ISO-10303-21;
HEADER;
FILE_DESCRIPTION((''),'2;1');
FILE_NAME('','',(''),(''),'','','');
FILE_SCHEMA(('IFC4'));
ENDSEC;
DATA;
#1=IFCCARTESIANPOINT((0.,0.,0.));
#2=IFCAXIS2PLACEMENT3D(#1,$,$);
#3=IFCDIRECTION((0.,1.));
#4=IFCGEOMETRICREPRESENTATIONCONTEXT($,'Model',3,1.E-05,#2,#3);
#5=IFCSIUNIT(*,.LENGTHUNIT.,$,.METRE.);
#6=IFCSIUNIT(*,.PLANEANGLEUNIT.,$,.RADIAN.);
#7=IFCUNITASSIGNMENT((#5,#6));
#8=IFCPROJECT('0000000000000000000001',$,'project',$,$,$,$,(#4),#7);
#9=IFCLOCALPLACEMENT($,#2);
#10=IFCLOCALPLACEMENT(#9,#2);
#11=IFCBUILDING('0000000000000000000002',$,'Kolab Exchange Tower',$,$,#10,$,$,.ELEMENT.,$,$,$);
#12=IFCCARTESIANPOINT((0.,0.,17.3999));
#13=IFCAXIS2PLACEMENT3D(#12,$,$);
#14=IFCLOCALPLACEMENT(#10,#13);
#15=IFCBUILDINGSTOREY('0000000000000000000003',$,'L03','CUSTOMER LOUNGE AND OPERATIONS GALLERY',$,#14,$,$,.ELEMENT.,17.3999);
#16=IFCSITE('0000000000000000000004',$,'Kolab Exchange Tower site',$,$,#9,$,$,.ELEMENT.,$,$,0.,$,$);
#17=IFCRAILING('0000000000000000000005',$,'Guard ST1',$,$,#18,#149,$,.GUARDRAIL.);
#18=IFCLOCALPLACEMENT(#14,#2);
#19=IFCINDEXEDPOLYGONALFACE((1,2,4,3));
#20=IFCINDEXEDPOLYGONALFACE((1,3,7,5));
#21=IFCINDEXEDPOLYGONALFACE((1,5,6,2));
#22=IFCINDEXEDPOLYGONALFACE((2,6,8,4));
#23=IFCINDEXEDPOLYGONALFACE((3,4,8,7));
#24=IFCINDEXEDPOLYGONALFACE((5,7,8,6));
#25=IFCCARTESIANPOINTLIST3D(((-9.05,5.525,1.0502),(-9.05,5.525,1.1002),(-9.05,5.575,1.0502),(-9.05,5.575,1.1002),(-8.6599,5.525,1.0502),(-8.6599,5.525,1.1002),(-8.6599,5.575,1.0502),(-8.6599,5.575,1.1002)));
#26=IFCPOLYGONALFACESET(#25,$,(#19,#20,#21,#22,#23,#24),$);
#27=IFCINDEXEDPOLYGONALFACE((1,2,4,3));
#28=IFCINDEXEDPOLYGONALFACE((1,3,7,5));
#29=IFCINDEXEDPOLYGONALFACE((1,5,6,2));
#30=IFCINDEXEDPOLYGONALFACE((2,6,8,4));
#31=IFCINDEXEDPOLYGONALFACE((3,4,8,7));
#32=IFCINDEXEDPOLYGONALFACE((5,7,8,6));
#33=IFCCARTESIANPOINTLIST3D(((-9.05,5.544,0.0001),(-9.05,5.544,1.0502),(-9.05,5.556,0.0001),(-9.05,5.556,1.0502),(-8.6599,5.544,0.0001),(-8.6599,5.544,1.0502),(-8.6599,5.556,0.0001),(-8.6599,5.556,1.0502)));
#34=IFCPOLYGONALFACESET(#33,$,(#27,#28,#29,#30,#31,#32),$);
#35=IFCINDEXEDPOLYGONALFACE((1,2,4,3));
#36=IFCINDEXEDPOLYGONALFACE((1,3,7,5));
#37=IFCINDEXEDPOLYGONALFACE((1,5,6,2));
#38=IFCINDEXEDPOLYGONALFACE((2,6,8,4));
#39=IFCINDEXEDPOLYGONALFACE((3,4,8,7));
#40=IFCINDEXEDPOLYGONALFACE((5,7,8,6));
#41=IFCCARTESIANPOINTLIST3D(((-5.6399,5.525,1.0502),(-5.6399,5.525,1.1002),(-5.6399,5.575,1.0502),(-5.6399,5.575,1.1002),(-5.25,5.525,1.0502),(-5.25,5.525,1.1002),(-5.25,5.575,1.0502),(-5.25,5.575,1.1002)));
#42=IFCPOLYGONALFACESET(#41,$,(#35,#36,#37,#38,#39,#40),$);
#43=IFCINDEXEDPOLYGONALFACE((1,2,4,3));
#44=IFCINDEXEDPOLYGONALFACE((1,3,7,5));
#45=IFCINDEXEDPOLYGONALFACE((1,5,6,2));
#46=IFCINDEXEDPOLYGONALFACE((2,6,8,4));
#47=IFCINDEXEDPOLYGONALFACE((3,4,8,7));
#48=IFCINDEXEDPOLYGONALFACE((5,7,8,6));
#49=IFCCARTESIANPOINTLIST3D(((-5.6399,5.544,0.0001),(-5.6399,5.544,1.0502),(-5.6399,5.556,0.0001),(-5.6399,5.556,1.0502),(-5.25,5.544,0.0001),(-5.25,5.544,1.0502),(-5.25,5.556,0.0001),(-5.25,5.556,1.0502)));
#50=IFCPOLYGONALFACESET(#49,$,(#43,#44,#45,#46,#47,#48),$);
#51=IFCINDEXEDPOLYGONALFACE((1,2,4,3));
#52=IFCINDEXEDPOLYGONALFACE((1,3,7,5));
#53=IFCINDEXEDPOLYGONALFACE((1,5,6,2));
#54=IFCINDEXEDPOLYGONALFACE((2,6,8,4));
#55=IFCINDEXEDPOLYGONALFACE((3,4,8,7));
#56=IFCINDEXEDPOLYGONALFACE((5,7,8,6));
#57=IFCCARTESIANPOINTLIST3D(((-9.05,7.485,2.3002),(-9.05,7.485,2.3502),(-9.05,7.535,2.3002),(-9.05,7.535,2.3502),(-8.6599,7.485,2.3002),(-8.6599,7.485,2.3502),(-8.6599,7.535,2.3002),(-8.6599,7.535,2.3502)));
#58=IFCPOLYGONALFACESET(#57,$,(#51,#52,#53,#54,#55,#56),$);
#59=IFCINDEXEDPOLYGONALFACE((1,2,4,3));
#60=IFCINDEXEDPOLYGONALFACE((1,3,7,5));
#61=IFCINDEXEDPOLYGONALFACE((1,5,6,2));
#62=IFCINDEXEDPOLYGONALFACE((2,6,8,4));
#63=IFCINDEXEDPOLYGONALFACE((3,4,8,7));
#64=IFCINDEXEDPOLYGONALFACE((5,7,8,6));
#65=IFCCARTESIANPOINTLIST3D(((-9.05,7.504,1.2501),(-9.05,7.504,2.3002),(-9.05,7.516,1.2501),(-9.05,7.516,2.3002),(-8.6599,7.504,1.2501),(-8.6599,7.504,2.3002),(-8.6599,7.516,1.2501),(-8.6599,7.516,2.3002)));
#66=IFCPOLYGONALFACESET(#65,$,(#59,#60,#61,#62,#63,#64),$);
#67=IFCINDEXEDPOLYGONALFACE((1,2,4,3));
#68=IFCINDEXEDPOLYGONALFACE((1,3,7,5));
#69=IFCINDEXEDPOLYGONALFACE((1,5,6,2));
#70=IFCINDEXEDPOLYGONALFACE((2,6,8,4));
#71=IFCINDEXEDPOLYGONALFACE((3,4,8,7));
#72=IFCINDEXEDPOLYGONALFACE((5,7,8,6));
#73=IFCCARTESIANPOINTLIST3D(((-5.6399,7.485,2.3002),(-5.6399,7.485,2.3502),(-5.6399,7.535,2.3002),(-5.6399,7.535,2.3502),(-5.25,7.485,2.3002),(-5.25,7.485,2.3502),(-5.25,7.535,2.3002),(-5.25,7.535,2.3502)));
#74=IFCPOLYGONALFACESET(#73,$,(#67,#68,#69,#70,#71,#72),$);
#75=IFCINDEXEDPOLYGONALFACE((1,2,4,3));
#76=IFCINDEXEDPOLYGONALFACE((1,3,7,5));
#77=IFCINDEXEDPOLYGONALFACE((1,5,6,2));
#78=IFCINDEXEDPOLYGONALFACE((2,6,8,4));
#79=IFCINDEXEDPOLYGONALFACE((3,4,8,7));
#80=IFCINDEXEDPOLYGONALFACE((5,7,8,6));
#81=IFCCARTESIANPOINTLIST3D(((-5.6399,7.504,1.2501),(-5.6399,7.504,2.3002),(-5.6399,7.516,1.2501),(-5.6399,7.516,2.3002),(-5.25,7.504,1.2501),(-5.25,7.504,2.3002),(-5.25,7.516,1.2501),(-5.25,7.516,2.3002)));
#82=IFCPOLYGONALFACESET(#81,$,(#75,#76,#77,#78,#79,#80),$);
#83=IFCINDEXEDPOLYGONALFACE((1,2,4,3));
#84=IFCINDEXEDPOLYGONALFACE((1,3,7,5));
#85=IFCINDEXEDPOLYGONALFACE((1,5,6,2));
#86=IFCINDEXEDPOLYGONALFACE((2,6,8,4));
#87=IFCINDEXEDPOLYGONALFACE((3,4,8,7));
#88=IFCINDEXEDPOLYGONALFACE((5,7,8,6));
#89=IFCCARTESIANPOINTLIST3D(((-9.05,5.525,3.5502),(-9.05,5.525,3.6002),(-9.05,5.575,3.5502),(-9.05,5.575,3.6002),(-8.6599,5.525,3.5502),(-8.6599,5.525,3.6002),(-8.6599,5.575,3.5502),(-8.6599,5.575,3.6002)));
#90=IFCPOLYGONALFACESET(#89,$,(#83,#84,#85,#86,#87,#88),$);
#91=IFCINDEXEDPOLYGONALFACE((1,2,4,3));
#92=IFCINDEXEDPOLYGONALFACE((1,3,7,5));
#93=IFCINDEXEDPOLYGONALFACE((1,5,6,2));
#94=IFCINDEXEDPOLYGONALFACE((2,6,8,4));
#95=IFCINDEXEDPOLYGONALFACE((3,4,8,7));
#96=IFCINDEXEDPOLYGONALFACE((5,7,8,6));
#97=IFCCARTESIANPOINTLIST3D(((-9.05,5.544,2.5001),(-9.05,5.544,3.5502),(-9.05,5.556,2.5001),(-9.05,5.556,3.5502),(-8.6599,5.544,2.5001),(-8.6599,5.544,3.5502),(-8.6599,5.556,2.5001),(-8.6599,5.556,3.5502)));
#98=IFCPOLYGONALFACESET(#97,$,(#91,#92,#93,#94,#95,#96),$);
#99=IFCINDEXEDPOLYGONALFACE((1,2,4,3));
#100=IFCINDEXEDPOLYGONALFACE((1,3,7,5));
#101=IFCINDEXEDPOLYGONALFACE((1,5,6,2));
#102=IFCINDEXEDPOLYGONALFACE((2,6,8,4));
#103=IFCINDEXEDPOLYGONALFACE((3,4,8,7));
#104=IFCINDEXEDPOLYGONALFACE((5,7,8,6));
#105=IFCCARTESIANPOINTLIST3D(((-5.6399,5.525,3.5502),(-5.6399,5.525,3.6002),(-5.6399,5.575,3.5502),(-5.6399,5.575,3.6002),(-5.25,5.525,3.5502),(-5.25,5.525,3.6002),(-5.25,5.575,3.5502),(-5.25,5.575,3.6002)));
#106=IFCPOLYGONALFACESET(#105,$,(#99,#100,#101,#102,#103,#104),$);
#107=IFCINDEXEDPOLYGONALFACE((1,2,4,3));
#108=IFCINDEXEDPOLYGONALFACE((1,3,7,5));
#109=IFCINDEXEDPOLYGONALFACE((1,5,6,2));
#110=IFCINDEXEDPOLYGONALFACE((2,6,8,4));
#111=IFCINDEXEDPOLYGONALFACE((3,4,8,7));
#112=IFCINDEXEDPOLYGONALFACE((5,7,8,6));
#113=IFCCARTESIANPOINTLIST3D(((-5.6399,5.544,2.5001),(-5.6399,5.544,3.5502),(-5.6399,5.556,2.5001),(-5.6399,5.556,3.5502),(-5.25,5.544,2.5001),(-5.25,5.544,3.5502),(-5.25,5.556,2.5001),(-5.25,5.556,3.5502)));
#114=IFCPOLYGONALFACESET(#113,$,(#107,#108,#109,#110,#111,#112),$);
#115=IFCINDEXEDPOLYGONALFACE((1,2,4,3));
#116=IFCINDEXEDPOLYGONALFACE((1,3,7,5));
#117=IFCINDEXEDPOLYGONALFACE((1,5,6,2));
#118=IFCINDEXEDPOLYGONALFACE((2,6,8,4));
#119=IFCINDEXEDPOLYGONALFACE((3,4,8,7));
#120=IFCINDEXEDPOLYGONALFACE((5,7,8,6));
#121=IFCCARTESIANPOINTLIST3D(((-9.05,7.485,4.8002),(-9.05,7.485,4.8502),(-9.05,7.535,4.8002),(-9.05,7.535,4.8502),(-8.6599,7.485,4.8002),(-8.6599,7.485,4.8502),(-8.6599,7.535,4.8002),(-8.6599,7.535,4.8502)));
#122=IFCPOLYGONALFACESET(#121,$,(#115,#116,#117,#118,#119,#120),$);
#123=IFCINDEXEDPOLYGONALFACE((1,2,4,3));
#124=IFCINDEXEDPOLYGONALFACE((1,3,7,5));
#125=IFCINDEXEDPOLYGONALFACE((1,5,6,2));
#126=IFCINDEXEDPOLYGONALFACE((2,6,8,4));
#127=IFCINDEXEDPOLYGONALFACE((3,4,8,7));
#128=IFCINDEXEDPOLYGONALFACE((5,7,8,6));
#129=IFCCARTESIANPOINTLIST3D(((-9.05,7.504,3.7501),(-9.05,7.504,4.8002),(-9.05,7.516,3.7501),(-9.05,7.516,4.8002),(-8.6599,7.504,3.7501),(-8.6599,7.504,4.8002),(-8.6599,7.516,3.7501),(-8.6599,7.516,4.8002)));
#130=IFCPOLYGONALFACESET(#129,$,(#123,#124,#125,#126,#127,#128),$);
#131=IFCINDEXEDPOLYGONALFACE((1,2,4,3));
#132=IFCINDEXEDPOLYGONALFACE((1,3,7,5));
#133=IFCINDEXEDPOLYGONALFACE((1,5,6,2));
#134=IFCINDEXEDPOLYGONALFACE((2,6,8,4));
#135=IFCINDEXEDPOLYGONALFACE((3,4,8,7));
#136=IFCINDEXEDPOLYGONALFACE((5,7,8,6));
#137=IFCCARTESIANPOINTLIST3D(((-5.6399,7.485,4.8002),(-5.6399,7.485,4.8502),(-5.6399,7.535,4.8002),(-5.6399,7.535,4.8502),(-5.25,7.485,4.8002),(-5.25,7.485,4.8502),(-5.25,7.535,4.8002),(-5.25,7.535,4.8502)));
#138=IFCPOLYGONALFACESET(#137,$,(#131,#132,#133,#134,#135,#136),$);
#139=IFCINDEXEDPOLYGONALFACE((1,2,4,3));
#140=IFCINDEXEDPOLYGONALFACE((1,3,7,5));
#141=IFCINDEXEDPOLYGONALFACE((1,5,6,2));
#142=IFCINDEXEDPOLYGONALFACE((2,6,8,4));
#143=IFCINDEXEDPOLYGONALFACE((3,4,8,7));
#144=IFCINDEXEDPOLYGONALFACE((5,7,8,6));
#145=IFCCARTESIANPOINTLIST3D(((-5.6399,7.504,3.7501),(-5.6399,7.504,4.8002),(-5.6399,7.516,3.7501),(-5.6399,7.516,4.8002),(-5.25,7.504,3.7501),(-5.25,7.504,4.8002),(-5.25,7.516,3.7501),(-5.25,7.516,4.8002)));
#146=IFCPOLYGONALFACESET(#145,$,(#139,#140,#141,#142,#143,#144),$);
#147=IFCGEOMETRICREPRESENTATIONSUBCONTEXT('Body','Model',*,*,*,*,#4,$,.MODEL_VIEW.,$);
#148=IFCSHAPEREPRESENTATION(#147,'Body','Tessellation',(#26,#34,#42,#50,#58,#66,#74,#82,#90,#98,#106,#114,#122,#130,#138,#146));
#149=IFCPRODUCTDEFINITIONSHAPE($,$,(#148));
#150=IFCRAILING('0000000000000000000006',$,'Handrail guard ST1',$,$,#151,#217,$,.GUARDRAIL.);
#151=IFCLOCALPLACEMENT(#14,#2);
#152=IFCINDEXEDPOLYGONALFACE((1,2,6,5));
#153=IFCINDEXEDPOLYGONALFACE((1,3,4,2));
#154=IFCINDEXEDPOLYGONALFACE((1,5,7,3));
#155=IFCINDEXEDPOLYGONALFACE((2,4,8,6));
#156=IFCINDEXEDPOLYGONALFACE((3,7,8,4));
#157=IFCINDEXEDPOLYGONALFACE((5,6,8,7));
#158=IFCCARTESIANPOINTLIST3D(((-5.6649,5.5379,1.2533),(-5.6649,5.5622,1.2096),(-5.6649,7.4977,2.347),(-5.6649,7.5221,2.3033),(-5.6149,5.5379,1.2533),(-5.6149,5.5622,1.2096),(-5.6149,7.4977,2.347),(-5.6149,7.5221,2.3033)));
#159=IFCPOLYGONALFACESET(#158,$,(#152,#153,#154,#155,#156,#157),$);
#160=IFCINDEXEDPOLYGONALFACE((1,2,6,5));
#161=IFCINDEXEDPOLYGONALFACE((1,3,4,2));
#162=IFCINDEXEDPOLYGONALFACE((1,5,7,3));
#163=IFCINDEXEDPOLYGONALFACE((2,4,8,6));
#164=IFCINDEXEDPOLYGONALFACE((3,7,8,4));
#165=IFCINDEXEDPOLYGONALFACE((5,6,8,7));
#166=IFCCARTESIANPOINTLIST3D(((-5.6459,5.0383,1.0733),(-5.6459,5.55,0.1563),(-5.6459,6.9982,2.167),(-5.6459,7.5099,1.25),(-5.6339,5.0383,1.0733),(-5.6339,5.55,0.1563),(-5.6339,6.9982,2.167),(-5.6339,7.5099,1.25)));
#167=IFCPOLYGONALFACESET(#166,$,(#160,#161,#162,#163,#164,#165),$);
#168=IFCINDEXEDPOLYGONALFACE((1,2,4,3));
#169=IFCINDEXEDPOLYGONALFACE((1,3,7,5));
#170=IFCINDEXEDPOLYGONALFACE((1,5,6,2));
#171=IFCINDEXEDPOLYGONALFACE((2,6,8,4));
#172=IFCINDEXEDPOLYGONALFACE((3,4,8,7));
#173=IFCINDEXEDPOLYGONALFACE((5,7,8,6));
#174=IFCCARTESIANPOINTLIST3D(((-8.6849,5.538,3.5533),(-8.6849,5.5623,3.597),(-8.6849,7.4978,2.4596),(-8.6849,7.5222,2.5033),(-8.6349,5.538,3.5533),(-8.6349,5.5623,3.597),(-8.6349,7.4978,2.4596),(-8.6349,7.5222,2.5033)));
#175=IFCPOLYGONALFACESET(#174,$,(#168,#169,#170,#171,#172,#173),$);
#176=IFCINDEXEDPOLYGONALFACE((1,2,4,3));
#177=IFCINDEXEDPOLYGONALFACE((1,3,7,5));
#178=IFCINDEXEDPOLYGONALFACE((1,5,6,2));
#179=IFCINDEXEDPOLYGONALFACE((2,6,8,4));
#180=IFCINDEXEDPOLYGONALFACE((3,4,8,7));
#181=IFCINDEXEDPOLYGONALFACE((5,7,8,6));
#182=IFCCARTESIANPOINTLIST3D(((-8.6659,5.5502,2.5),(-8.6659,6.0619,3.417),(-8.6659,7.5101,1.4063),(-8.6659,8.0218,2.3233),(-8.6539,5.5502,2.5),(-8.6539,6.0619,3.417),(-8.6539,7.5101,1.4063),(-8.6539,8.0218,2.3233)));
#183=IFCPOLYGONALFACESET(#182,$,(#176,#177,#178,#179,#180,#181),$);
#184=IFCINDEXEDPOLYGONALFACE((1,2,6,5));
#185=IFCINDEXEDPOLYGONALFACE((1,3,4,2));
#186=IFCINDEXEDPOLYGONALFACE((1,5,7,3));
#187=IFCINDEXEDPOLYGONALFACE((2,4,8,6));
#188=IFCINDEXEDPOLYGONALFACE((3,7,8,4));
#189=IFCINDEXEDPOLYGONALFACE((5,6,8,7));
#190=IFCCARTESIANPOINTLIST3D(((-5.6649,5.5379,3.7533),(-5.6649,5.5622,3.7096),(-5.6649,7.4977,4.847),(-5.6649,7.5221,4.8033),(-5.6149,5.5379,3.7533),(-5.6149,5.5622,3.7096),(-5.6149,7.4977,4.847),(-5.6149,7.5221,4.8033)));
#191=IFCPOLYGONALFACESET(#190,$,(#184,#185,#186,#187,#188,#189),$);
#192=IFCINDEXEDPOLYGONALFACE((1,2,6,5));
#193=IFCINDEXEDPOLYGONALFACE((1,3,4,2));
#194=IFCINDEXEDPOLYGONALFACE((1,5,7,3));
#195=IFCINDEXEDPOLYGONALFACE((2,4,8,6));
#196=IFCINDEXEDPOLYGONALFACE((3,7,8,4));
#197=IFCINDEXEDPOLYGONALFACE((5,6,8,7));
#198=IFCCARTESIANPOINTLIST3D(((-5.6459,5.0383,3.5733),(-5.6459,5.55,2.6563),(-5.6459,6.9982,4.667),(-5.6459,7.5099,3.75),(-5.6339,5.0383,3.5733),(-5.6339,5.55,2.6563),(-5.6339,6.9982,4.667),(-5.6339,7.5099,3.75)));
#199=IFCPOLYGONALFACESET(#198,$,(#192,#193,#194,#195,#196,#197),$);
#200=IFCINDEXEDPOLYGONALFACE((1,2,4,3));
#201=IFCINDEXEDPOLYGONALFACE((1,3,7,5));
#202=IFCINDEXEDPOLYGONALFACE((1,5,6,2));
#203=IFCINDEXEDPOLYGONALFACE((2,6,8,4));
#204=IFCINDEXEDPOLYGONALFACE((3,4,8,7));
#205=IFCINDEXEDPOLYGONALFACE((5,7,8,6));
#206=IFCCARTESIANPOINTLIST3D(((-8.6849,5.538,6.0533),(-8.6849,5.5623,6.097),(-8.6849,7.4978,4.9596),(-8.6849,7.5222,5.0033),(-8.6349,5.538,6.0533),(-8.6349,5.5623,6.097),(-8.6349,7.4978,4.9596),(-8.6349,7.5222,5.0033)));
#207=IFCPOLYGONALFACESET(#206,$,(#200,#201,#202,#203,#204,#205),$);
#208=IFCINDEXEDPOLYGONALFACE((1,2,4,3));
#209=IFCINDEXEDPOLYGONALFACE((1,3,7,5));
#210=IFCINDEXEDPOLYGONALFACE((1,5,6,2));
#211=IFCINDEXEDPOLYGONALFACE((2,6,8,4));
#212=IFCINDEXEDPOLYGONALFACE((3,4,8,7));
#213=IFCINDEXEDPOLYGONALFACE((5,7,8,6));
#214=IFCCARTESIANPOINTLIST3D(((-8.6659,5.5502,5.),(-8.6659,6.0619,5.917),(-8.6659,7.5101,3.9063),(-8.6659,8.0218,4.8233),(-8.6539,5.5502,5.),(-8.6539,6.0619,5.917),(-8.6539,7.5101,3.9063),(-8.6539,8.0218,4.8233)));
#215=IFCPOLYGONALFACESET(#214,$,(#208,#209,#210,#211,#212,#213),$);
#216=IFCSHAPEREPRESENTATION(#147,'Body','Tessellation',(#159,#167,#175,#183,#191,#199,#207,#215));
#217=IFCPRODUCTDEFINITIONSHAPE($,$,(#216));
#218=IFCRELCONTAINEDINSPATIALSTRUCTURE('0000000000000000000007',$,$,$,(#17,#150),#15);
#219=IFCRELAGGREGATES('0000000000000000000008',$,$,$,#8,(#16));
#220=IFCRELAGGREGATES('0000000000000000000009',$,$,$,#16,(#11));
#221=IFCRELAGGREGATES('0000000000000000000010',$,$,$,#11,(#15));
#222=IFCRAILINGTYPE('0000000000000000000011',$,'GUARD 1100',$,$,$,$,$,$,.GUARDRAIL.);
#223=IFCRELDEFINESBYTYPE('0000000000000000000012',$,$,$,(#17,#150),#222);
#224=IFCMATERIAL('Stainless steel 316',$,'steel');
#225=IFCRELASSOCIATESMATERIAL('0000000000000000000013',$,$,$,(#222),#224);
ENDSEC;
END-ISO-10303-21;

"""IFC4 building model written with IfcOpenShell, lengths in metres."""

from ifc_helpers import new_model, si_unit, direction, frame, frame_2d, origin, origin_2d, place, context, subcontext, project, spatial, rectangle, extrude, material, type_object, element, save


model = new_model("IFC4")

# Units and contexts
model_context = context("Model", 3, precision=1e-05, world=origin(), true_north=direction((0.0, 1.0)))
body_context = subcontext(model_context, "Body", "Model", "MODEL_VIEW")
ifc_project = project(units=[si_unit("LENGTHUNIT", "METRE"), si_unit("PLANEANGLEUNIT", "RADIAN")], contexts=[model_context])

# Site, building, storey
site_placement = place(None, origin())
site = spatial("IfcSite", under=ifc_project, at=site_placement, Name="Kolab Exchange Tower site", CompositionType="ELEMENT", RefElevation=0.0)
building_placement = place(site_placement, origin())
building = spatial("IfcBuilding", under=site, at=building_placement, Name="Kolab Exchange Tower", CompositionType="ELEMENT")
storey_placement = place(building_placement, frame((0.0, 0.0, 17.3999)))
storey = spatial("IfcBuildingStorey", under=building, at=storey_placement, Name="L03", Description="CUSTOMER LOUNGE AND OPERATIONS GALLERY", CompositionType="ELEMENT", Elevation=17.3999)

# Railings
ifc_material_1 = material(Name="Stainless steel 316", Category="steel")
railing_type = type_object("IfcRailingType", Name="GUARD 1100", PredefinedType="GUARDRAIL", material=ifc_material_1)
railing_1_placement = place(storey_placement, frame((-9.05, 5.55, 0.0)))
element("IfcRailing", 1, at=railing_1_placement, inside=storey, type_object=railing_type, Name="Guard ST1", PredefinedType="GUARDRAIL", context=body_context, shape_type="SweptSolid", body=[
    extrude(rectangle(XDim=0.05, YDim=0.05, at=origin_2d()), frame((0.0, 0.0, 1.0752), z_axis=(1.0, 0.0, 0.0), x_axis=(0.0, 1.0, 0.0)), (0.0, 0.0, 1.0), 0.3901),
    extrude(rectangle(XDim=0.012, YDim=1.0501, at=frame_2d((0.0, 0.5251))), frame((0.0, 0.0, 0.0), z_axis=(1.0, 0.0, 0.0), x_axis=(0.0, 1.0, 0.0)), (0.0, 0.0, 1.0), 0.3901),
    extrude(rectangle(XDim=0.05, YDim=0.05, at=origin_2d()), frame((3.4102, 0.0, 1.0752), z_axis=(1.0, 0.0, 0.0), x_axis=(0.0, 1.0, 0.0)), (0.0, 0.0, 1.0), 0.3899),
    extrude(rectangle(XDim=0.012, YDim=1.0501, at=frame_2d((0.0, 0.5251))), frame((3.4102, 0.0, 0.0), z_axis=(1.0, 0.0, 0.0), x_axis=(0.0, 1.0, 0.0)), (0.0, 0.0, 1.0), 0.3899),
    extrude(rectangle(XDim=0.05, YDim=0.05, at=origin_2d()), frame((0.0, 1.96, 2.3252), z_axis=(1.0, 0.0, 0.0), x_axis=(0.0, 1.0, 0.0)), (0.0, 0.0, 1.0), 0.3901),
    extrude(rectangle(XDim=0.012, YDim=1.0501, at=frame_2d((0.0, 0.5251))), frame((0.0, 1.96, 1.25), z_axis=(1.0, 0.0, 0.0), x_axis=(0.0, 1.0, 0.0)), (0.0, 0.0, 1.0), 0.3901),
    extrude(rectangle(XDim=0.05, YDim=0.05, at=origin_2d()), frame((3.4102, 1.96, 2.3252), z_axis=(1.0, 0.0, 0.0), x_axis=(0.0, 1.0, 0.0)), (0.0, 0.0, 1.0), 0.3899),
    extrude(rectangle(XDim=0.012, YDim=1.0501, at=frame_2d((0.0, 0.5251))), frame((3.4102, 1.96, 1.25), z_axis=(1.0, 0.0, 0.0), x_axis=(0.0, 1.0, 0.0)), (0.0, 0.0, 1.0), 0.3899),
    extrude(rectangle(XDim=0.05, YDim=0.05, at=origin_2d()), frame((0.0, 0.0, 3.5752), z_axis=(1.0, 0.0, 0.0), x_axis=(0.0, 1.0, 0.0)), (0.0, 0.0, 1.0), 0.3901),
    extrude(rectangle(XDim=0.012, YDim=1.0501, at=frame_2d((0.0, 0.5251))), frame((0.0, 0.0, 2.5), z_axis=(1.0, 0.0, 0.0), x_axis=(0.0, 1.0, 0.0)), (0.0, 0.0, 1.0), 0.3901),
    extrude(rectangle(XDim=0.05, YDim=0.05, at=origin_2d()), frame((3.4102, 0.0, 3.5752), z_axis=(1.0, 0.0, 0.0), x_axis=(0.0, 1.0, 0.0)), (0.0, 0.0, 1.0), 0.3899),
    extrude(rectangle(XDim=0.012, YDim=1.0501, at=frame_2d((0.0, 0.5251))), frame((3.4102, 0.0, 2.5), z_axis=(1.0, 0.0, 0.0), x_axis=(0.0, 1.0, 0.0)), (0.0, 0.0, 1.0), 0.3899),
    extrude(rectangle(XDim=0.05, YDim=0.05, at=origin_2d()), frame((0.0, 1.96, 4.8252), z_axis=(1.0, 0.0, 0.0), x_axis=(0.0, 1.0, 0.0)), (0.0, 0.0, 1.0), 0.3901),
    extrude(rectangle(XDim=0.012, YDim=1.0501, at=frame_2d((0.0, 0.5251))), frame((0.0, 1.96, 3.75), z_axis=(1.0, 0.0, 0.0), x_axis=(0.0, 1.0, 0.0)), (0.0, 0.0, 1.0), 0.3901),
    extrude(rectangle(XDim=0.05, YDim=0.05, at=origin_2d()), frame((3.4102, 1.96, 4.8252), z_axis=(1.0, 0.0, 0.0), x_axis=(0.0, 1.0, 0.0)), (0.0, 0.0, 1.0), 0.3899),
    extrude(rectangle(XDim=0.012, YDim=1.0501, at=frame_2d((0.0, 0.5251))), frame((3.4102, 1.96, 3.75), z_axis=(1.0, 0.0, 0.0), x_axis=(0.0, 1.0, 0.0)), (0.0, 0.0, 1.0), 0.3899),
])
railing_2_placement = place(storey_placement, frame((-5.6399, 5.55, 0.1562)))
element("IfcRailing", 2, at=railing_2_placement, inside=storey, type_object=railing_type, Name="Handrail guard ST1", PredefinedType="GUARDRAIL", context=body_context, shape_type="SweptSolid", body=[
    extrude(rectangle(XDim=0.05, YDim=0.05, at=origin_2d()), frame((0.0, 0.0, 1.0752), z_axis=(0.0, 0.873232, 0.487304), x_axis=(-1.0, 0.0, 0.0)), (0.0, 0.0, 1.0), 2.2444),
    extrude(rectangle(XDim=0.012, YDim=1.0501, at=frame_2d((0.0, 0.5251))), frame((0.0, 0.0, 0.0), z_axis=(0.0, 0.873232, 0.487304), x_axis=(-1.0, 0.0, 0.0)), (0.0, 0.0, 1.0), 2.2444),
    extrude(rectangle(XDim=0.05, YDim=0.05, at=origin_2d()), frame((-3.02, 1.96, 2.3252), z_axis=(0.0, -0.873232, 0.487304), x_axis=(1.0, 0.0, 0.0)), (0.0, 0.0, 1.0), 2.2444),
    extrude(rectangle(XDim=0.012, YDim=1.0501, at=frame_2d((0.0, 0.5251))), frame((-3.02, 1.96, 1.25), z_axis=(0.0, -0.873232, 0.487304), x_axis=(1.0, 0.0, 0.0)), (0.0, 0.0, 1.0), 2.2444),
    extrude(rectangle(XDim=0.05, YDim=0.05, at=origin_2d()), frame((0.0, 0.0, 3.5752), z_axis=(0.0, 0.873232, 0.487304), x_axis=(-1.0, 0.0, 0.0)), (0.0, 0.0, 1.0), 2.2444),
    extrude(rectangle(XDim=0.012, YDim=1.0501, at=frame_2d((0.0, 0.5251))), frame((0.0, 0.0, 2.5), z_axis=(0.0, 0.873232, 0.487304), x_axis=(-1.0, 0.0, 0.0)), (0.0, 0.0, 1.0), 2.2444),
    extrude(rectangle(XDim=0.05, YDim=0.05, at=origin_2d()), frame((-3.02, 1.96, 4.8252), z_axis=(0.0, -0.873232, 0.487304), x_axis=(1.0, 0.0, 0.0)), (0.0, 0.0, 1.0), 2.2444),
    extrude(rectangle(XDim=0.012, YDim=1.0501, at=frame_2d((0.0, 0.5251))), frame((-3.02, 1.96, 3.75), z_axis=(0.0, -0.873232, 0.487304), x_axis=(1.0, 0.0, 0.0)), (0.0, 0.0, 1.0), 2.2444),
])

save(model, "model.ifc")
